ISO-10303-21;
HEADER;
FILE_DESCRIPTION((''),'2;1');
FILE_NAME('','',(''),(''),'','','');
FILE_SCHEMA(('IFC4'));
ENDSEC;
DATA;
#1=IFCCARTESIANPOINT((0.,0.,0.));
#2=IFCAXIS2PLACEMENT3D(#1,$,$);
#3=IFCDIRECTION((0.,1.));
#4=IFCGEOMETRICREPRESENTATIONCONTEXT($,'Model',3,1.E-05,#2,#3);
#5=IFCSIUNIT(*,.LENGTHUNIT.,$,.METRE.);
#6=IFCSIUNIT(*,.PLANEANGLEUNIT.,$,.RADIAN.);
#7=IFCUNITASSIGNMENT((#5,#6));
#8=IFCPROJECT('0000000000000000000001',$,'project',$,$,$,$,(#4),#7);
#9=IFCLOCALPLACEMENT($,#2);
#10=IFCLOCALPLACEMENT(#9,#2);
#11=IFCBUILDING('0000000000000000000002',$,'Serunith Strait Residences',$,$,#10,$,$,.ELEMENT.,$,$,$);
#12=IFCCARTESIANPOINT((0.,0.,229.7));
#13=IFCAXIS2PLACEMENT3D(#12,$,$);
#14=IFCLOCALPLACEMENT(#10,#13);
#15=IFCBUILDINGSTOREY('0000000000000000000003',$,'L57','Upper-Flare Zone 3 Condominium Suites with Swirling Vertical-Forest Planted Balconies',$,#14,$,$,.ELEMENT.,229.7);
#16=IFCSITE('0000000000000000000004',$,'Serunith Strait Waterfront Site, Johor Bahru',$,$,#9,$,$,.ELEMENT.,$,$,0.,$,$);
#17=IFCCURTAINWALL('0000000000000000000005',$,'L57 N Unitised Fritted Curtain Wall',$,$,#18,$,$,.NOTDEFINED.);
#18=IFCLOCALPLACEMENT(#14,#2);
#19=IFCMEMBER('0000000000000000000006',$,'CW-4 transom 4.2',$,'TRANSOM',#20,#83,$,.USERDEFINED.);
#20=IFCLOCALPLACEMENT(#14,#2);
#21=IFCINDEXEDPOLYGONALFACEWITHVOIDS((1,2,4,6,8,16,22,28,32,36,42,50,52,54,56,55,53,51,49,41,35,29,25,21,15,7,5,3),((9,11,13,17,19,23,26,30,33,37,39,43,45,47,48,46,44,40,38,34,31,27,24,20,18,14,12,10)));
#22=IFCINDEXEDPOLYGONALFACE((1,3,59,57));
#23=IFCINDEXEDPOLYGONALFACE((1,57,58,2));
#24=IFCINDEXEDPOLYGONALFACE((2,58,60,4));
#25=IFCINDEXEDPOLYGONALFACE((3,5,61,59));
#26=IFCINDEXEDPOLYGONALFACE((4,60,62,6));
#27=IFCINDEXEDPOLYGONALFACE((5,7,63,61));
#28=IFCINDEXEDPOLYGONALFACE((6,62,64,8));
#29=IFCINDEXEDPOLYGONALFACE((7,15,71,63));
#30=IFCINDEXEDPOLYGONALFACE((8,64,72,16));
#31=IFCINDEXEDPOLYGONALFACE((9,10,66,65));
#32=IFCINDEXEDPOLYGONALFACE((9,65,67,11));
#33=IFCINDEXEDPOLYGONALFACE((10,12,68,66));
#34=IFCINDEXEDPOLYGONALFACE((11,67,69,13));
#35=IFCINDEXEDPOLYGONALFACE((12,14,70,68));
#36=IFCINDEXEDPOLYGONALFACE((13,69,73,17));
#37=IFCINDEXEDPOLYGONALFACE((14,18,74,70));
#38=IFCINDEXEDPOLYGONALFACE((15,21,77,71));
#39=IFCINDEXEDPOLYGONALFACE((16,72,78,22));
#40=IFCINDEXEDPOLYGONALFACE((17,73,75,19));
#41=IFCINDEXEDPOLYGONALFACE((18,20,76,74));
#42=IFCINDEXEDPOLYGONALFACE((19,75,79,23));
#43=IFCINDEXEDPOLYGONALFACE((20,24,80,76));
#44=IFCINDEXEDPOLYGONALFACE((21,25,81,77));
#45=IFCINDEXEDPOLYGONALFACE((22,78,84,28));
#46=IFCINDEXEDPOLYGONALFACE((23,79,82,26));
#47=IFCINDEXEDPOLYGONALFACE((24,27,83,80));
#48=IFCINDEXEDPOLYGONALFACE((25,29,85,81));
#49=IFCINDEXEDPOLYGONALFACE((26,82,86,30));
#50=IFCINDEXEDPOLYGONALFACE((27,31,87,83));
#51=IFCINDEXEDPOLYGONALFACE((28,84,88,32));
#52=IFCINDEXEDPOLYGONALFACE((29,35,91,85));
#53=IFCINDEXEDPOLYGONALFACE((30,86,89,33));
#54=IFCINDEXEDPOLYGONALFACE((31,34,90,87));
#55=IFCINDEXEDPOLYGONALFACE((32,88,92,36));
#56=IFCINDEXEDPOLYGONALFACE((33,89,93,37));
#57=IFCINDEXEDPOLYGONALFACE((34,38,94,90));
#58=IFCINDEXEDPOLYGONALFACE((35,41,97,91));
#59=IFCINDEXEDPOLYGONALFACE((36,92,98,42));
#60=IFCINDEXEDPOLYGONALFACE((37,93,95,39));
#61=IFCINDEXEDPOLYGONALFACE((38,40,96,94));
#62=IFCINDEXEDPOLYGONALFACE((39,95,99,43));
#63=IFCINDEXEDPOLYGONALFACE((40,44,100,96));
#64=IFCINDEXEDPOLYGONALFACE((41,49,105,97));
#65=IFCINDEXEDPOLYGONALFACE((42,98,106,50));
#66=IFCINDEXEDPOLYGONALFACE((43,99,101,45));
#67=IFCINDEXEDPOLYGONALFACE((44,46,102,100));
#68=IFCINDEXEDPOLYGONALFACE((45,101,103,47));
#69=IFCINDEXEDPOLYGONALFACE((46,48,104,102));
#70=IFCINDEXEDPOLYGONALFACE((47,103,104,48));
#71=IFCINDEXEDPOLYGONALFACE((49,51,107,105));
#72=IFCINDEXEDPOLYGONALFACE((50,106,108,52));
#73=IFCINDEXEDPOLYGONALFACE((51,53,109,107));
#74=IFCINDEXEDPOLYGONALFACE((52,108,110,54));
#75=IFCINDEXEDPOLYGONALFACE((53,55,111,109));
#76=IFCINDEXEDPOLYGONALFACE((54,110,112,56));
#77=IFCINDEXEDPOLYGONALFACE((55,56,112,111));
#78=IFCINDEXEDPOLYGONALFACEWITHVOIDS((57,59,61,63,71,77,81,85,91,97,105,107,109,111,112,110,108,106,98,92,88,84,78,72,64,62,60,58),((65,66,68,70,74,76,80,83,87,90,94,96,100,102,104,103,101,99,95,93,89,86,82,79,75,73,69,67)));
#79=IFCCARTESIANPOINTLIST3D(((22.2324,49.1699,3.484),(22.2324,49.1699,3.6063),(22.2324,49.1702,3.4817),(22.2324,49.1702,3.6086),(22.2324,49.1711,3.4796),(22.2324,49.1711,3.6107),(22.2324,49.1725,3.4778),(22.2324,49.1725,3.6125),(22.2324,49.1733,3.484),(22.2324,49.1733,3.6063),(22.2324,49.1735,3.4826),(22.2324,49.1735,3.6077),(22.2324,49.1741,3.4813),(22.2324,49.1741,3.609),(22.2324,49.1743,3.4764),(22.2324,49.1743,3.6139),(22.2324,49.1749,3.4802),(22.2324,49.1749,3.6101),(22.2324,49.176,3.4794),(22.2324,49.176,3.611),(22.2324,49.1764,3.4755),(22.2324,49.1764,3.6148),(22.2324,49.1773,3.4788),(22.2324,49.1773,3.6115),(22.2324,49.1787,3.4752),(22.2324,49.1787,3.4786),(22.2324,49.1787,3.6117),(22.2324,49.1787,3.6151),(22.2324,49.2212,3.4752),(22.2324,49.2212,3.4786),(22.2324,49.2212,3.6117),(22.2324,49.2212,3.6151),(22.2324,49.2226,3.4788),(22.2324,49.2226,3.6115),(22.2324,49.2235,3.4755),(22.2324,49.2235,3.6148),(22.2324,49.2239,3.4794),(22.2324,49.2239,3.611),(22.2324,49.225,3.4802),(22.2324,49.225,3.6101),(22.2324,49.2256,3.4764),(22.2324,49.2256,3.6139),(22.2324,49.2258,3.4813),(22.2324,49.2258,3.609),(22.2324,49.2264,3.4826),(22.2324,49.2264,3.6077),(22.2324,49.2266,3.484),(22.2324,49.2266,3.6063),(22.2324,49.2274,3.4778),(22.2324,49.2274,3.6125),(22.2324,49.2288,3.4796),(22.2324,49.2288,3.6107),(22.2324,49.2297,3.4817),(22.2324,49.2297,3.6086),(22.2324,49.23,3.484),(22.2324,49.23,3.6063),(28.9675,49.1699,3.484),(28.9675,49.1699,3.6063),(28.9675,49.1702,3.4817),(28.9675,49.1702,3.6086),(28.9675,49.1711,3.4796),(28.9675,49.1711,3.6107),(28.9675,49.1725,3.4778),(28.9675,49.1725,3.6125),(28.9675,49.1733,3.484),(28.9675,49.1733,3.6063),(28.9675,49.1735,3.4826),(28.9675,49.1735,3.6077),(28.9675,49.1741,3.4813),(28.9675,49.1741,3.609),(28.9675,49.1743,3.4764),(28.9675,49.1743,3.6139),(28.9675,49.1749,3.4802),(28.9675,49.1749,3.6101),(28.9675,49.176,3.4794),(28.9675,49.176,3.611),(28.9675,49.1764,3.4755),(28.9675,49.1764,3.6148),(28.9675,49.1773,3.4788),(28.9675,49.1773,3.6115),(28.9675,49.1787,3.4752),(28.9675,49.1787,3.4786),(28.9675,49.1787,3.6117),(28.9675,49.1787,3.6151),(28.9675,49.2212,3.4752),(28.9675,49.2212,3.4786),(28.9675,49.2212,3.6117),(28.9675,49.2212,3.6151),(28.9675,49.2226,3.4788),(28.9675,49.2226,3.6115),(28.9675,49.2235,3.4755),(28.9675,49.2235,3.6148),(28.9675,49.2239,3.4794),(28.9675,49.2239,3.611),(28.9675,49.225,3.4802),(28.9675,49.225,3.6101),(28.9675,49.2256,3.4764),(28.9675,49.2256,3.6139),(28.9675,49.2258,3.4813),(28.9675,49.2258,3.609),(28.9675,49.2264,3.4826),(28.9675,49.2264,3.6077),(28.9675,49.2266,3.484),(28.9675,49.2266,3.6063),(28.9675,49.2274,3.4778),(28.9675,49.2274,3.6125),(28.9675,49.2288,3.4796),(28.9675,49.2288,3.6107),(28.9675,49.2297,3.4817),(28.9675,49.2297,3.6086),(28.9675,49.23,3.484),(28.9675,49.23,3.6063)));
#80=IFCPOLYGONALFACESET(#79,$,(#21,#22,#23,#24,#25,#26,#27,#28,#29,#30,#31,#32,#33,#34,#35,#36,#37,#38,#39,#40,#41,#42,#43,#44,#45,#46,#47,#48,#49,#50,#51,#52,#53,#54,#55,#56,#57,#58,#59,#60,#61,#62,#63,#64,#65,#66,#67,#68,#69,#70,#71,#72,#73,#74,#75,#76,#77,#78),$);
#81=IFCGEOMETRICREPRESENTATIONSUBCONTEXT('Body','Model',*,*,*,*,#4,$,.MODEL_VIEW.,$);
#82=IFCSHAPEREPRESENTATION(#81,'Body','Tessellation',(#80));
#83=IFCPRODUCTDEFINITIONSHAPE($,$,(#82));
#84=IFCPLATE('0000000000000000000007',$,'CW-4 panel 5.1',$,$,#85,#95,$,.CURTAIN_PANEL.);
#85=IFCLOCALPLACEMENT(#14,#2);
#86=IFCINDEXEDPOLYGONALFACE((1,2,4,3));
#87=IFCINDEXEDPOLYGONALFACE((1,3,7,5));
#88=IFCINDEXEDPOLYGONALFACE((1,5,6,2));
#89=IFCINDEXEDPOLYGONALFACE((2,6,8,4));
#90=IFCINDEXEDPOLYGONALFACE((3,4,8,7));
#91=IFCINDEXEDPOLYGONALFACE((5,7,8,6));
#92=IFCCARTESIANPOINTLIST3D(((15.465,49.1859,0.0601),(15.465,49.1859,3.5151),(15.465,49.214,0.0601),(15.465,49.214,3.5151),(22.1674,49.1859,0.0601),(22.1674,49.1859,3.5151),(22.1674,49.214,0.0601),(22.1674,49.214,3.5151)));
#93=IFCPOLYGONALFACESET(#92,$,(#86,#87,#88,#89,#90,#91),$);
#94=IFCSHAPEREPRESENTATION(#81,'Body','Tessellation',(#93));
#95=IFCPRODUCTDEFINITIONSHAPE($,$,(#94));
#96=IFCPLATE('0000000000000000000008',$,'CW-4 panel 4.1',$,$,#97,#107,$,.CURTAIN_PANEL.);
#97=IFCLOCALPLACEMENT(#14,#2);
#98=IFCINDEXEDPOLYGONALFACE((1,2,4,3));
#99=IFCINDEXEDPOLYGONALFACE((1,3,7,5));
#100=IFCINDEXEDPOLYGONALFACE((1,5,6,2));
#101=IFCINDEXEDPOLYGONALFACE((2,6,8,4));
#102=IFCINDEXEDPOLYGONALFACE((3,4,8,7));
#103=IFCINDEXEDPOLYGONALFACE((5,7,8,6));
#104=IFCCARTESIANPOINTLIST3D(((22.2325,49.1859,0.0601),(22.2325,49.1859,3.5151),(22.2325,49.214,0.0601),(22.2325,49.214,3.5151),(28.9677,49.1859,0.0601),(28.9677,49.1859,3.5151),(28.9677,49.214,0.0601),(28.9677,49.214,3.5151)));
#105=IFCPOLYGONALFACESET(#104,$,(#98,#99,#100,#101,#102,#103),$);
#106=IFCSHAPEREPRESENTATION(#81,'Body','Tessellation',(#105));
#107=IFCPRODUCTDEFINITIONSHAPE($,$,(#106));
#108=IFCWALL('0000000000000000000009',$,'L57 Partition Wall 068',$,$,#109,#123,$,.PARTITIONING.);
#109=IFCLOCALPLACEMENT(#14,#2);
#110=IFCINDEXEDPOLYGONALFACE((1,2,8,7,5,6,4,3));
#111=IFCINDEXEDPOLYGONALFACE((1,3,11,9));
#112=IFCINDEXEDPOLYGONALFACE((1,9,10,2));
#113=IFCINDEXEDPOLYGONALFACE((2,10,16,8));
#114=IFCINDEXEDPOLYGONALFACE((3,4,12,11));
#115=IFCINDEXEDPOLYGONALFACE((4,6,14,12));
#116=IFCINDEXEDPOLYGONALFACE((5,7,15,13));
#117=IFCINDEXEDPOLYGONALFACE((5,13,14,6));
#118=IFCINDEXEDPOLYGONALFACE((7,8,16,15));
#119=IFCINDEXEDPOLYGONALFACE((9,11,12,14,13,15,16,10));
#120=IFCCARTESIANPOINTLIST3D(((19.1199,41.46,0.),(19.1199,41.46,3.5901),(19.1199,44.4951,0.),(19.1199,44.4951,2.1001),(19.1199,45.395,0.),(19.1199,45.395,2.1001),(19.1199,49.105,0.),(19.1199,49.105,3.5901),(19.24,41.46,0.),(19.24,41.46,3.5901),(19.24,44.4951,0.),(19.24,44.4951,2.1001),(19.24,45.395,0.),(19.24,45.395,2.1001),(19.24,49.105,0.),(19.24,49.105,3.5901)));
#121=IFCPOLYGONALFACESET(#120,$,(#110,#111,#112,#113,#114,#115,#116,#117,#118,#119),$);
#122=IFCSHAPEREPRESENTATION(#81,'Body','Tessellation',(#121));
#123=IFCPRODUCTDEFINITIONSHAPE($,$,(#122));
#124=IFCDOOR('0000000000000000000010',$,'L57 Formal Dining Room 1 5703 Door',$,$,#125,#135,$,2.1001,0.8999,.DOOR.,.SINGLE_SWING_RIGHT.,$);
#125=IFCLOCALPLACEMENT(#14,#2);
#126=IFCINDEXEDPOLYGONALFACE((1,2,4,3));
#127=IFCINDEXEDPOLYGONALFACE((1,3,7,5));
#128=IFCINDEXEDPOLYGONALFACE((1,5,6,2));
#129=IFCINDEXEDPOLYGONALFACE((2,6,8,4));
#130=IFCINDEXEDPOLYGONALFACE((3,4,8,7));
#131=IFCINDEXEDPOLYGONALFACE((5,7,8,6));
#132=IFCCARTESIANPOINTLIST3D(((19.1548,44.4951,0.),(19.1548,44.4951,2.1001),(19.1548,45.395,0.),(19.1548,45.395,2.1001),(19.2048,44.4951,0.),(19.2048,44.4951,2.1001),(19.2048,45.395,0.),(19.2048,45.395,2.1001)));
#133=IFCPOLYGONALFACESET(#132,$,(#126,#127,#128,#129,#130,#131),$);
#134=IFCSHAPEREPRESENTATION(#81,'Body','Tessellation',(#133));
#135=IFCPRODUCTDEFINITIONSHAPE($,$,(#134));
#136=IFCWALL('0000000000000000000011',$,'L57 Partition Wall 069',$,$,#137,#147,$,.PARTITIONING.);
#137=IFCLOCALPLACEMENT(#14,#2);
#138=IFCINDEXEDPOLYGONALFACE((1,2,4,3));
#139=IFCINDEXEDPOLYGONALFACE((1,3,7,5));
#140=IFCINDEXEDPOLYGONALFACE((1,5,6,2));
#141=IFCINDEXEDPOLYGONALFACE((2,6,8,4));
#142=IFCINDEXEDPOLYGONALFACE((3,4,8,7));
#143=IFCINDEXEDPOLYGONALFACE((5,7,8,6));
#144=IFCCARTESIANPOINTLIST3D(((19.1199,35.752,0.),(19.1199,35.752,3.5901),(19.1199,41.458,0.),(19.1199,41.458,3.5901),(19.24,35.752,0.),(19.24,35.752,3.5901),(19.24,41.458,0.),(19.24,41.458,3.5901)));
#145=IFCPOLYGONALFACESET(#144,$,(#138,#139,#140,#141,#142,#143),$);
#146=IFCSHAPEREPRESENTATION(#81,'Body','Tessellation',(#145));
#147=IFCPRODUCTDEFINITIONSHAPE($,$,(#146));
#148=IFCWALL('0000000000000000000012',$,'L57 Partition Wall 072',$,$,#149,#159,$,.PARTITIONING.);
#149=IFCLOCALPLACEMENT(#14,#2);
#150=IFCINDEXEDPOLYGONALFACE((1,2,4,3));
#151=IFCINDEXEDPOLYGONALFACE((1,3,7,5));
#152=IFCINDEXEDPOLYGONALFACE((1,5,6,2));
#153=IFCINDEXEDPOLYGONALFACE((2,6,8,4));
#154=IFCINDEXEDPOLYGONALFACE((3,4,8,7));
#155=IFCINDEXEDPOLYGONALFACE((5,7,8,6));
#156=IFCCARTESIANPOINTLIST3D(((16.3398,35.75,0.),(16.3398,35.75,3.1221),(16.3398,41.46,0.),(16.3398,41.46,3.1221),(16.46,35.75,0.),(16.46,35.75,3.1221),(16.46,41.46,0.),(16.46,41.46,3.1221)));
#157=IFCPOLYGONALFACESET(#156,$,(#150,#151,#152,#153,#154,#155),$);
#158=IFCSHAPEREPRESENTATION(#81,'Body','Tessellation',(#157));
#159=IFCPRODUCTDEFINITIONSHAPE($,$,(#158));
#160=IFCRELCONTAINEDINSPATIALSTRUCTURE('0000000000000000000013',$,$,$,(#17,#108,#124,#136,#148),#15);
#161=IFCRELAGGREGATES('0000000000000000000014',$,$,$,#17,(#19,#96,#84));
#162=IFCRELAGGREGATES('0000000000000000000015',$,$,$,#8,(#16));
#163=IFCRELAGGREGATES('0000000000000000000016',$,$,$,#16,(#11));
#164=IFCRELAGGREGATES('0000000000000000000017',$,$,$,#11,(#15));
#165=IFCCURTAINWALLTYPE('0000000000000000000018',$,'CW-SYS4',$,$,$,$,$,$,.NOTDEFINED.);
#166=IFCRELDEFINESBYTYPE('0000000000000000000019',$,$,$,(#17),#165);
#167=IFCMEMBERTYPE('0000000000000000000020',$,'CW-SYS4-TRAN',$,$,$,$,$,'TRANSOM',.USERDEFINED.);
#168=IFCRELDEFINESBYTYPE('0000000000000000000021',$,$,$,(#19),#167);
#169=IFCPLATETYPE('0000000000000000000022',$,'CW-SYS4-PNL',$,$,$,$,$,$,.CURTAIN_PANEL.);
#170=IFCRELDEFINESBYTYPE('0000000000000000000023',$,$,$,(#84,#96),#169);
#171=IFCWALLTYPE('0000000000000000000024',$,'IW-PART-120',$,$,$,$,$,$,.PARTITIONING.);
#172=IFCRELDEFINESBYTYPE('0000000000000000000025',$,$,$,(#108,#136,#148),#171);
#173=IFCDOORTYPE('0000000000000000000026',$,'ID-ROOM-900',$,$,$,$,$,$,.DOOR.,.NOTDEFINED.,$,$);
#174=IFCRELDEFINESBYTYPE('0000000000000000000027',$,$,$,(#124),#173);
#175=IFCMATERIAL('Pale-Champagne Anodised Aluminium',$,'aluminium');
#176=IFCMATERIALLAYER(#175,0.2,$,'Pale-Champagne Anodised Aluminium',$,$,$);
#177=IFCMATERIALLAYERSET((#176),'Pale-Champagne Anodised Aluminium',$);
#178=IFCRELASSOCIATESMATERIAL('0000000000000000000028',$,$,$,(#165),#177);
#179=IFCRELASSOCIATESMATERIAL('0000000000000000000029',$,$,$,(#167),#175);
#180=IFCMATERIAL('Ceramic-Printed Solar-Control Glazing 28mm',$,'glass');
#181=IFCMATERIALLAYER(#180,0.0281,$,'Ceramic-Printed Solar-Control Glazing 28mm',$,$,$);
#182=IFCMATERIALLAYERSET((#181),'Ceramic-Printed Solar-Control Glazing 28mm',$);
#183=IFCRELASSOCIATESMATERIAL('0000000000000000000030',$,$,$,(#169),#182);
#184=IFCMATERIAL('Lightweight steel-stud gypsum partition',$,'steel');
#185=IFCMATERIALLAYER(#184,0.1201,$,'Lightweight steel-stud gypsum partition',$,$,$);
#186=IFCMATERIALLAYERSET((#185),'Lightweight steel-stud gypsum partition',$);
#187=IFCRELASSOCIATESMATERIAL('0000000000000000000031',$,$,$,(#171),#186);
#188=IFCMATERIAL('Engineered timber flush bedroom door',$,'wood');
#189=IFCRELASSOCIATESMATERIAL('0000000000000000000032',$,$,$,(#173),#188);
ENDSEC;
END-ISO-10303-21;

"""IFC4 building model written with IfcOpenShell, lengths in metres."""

from ifc_helpers import new_model, si_unit, direction, frame, frame_2d, origin, origin_2d, place, context, subcontext, project, spatial, rectangle, hollow_rectangle, extrude, source, transform, mapped, material, layer, layer_set, material_profile, profile_set, type_object, element, fill, aggregate, save


model = new_model("IFC4")

# Units and contexts
model_context = context("Model", 3, precision=1e-05, world=origin(), true_north=direction((0.0, 1.0)))
body_context = subcontext(model_context, "Body", "Model", "MODEL_VIEW")
ifc_project = project(units=[si_unit("LENGTHUNIT", "METRE"), si_unit("PLANEANGLEUNIT", "RADIAN")], contexts=[model_context])

# Site, building, storey
site_placement = place(None, origin())
site = spatial("IfcSite", under=ifc_project, at=site_placement, Name="Serunith Strait Waterfront Site, Johor Bahru", CompositionType="ELEMENT", RefElevation=0.0)
building_placement = place(site_placement, origin())
building = spatial("IfcBuilding", under=site, at=building_placement, Name="Serunith Strait Residences", CompositionType="ELEMENT")
storey_placement = place(building_placement, frame((0.0, 0.0, 229.7)))
storey = spatial("IfcBuildingStorey", under=building, at=storey_placement, Name="L57", Description="Upper-Flare Zone 3 Condominium Suites with Swirling Vertical-Forest Planted Balconies", CompositionType="ELEMENT", Elevation=229.7)

# Curtain wall, member, plates
ifc_material_1 = material(Name="Pale-Champagne Anodised Aluminium", Category="aluminium")
ifc_layer_1 = layer(ifc_material_1, 0.2, Name="Pale-Champagne Anodised Aluminium")
ifc_layer_set_1 = layer_set([ifc_layer_1], Name="Pale-Champagne Anodised Aluminium")
curtain_wall_type = type_object("IfcCurtainWallType", Name="CW-SYS4", PredefinedType="NOTDEFINED", material=ifc_layer_set_1)
curtain_wall_placement = place(storey_placement, origin())
curtain_wall = element("IfcCurtainWall", 1, at=curtain_wall_placement, inside=storey, type_object=curtain_wall_type, Name="L57 N Unitised Fritted Curtain Wall", PredefinedType="NOTDEFINED")
ifc_material_profile_1 = material_profile(ifc_material_1, hollow_rectangle(XDim=0.0601, YDim=0.1399, WallThickness=0.0034, InnerFilletRadius=0.0054, OuterFilletRadius=0.0088, at=origin_2d()), Name="ALU 140x60x3.5")
ifc_profile_set_1 = profile_set([ifc_material_profile_1], Name="Pale-Champagne Anodised Aluminium")
member_type_1 = type_object("IfcMemberType", Name="CW-SYS4-TRAN", ElementType="TRANSOM", PredefinedType="USERDEFINED", material=ifc_profile_set_1)
shared_shape_1 = source(origin(), body_context, "Body", "SweptSolid", [
    extrude(hollow_rectangle(XDim=0.0601, YDim=0.1399, WallThickness=0.0034, InnerFilletRadius=0.0054, OuterFilletRadius=0.0088, at=origin_2d()), origin(), (0.0, 0.0, 1.0), 6.7351),
])
member_1_placement = place(storey_placement, frame((28.9675, 49.2, 3.5452), z_axis=(-1.0, 0.0, 0.0), x_axis=(0.0, -1.0, 0.0)))
member_1 = element("IfcMember", 2, at=member_1_placement, type_object=member_type_1, Name="CW-4 transom 4.2", ObjectType="TRANSOM", PredefinedType="USERDEFINED", context=body_context, shape_type="MappedRepresentation", body=[
    mapped(shared_shape_1, transform((0.0, 0.0, 0.0), scale=1.0)),
])
ifc_material_2 = material(Name="Ceramic-Printed Solar-Control Glazing 28mm", Category="glass")
ifc_layer_2 = layer(ifc_material_2, 0.0281, Name="Ceramic-Printed Solar-Control Glazing 28mm")
ifc_layer_set_2 = layer_set([ifc_layer_2], Name="Ceramic-Printed Solar-Control Glazing 28mm")
plate_type = type_object("IfcPlateType", Name="CW-SYS4-PNL", PredefinedType="CURTAIN_PANEL", material=ifc_layer_set_2)
shared_shape_2 = source(origin(), body_context, "Body", "SweptSolid", [
    extrude(rectangle(XDim=6.7024, YDim=0.0281, at=origin_2d()), origin(), (0.0, 0.0, 1.0), 3.4551),
])
plate_1_placement = place(storey_placement, frame((18.8162, 49.2, 0.0601), z_axis=(0.0, 0.0, 1.0), x_axis=(-1.0, 0.0, 0.0)))
plate_1 = element("IfcPlate", 3, at=plate_1_placement, type_object=plate_type, Name="CW-4 panel 5.1", PredefinedType="CURTAIN_PANEL", context=body_context, shape_type="MappedRepresentation", body=[
    mapped(shared_shape_2, transform((0.0, 0.0, 0.0), scale=1.0)),
])
shared_shape_3 = source(origin(), body_context, "Body", "SweptSolid", [
    extrude(rectangle(XDim=6.7351, YDim=0.0281, at=origin_2d()), origin(), (0.0, 0.0, 1.0), 3.4551),
])
plate_2_placement = place(storey_placement, frame((25.6001, 49.2, 0.0601), z_axis=(0.0, 0.0, 1.0), x_axis=(-1.0, 0.0, 0.0)))
plate_2 = element("IfcPlate", 4, at=plate_2_placement, type_object=plate_type, Name="CW-4 panel 4.1", PredefinedType="CURTAIN_PANEL", context=body_context, shape_type="MappedRepresentation", body=[
    mapped(shared_shape_3, transform((0.0, 0.0, 0.0), scale=1.0)),
])
aggregate(curtain_wall, [member_1, plate_2, plate_1])

# Wall, opening, door
ifc_material_3 = material(Name="Lightweight steel-stud gypsum partition", Category="steel")
ifc_layer_3 = layer(ifc_material_3, 0.1201, Name="Lightweight steel-stud gypsum partition")
ifc_layer_set_3 = layer_set([ifc_layer_3], Name="Lightweight steel-stud gypsum partition")
wall_type = type_object("IfcWallType", Name="IW-PART-120", PredefinedType="PARTITIONING", material=ifc_layer_set_3)
wall_1_placement = place(storey_placement, frame((19.1799, 49.105, 0.0), z_axis=(0.0, 0.0, 1.0), x_axis=(0.0, -1.0, 0.0)))
wall_1 = element("IfcWall", 5, at=wall_1_placement, inside=storey, type_object=wall_type, Name="L57 Partition Wall 068", PredefinedType="PARTITIONING", context=body_context, shape_type="SweptSolid", body=[
    extrude(rectangle(XDim=7.645, YDim=0.1201, at=frame_2d((3.8225, 0.0))), origin(), (0.0, 0.0, 1.0), 3.5901),
])
opening_1_placement = place(wall_1_placement, frame((3.71, 0.0, 0.0)))
opening_1 = element("IfcOpeningElement", 6, at=opening_1_placement, cuts=wall_1, PredefinedType="OPENING", context=body_context, shape_type="SweptSolid", body=[
    extrude(rectangle(XDim=0.8999, YDim=2.1001, at=frame_2d((0.45, 1.05))), frame((0.0, 0.0701, 0.0), z_axis=(0.0, -1.0, 0.0), x_axis=(1.0, 0.0, 0.0)), (0.0, 0.0, 1.0), 0.1401),
])
ifc_material_4 = material(Name="Engineered timber flush bedroom door", Category="wood")
door_type_1 = type_object("IfcDoorType", Name="ID-ROOM-900", OperationType="NOTDEFINED", PredefinedType="DOOR", material=ifc_material_4)
shared_shape_4 = source(origin(), body_context, "Body", "SweptSolid", [
    extrude(rectangle(XDim=0.8999, YDim=2.1001, at=frame_2d((0.45, 1.05))), frame((0.0, 0.0249, 0.0), z_axis=(0.0, -1.0, 0.0), x_axis=(1.0, 0.0, 0.0)), (0.0, 0.0, 1.0), 0.05),
])
door_1_placement = place(opening_1_placement, origin())
door_1 = element("IfcDoor", 7, at=door_1_placement, inside=storey, type_object=door_type_1, Name="L57 Formal Dining Room 1 5703 Door", OperationType="SINGLE_SWING_RIGHT", OverallHeight=2.1001, OverallWidth=0.8999, PredefinedType="DOOR", context=body_context, shape_type="MappedRepresentation", body=[
    mapped(shared_shape_4, transform((0.0, 0.0, 0.0), scale=1.0)),
])
fill(opening_1, door_1)

# Walls
wall_2_placement = place(storey_placement, frame((19.1799, 41.458, 0.0), z_axis=(0.0, 0.0, 1.0), x_axis=(0.0, -1.0, 0.0)))
element("IfcWall", 8, at=wall_2_placement, inside=storey, type_object=wall_type, Name="L57 Partition Wall 069", PredefinedType="PARTITIONING", context=body_context, shape_type="SweptSolid", body=[
    extrude(rectangle(XDim=5.7061, YDim=0.1201, at=frame_2d((2.853, 0.0))), origin(), (0.0, 0.0, 1.0), 3.5901),
])
wall_3_placement = place(storey_placement, frame((16.3999, 41.46, 0.0), z_axis=(0.0, 0.0, 1.0), x_axis=(0.0, -1.0, 0.0)))
element("IfcWall", 9, at=wall_3_placement, inside=storey, type_object=wall_type, Name="L57 Partition Wall 072", PredefinedType="PARTITIONING", context=body_context, shape_type="SweptSolid", body=[
    extrude(rectangle(XDim=5.71, YDim=0.1201, at=frame_2d((2.855, 0.0))), origin(), (0.0, 0.0, 1.0), 3.1221),
])

save(model, "model.ifc")
